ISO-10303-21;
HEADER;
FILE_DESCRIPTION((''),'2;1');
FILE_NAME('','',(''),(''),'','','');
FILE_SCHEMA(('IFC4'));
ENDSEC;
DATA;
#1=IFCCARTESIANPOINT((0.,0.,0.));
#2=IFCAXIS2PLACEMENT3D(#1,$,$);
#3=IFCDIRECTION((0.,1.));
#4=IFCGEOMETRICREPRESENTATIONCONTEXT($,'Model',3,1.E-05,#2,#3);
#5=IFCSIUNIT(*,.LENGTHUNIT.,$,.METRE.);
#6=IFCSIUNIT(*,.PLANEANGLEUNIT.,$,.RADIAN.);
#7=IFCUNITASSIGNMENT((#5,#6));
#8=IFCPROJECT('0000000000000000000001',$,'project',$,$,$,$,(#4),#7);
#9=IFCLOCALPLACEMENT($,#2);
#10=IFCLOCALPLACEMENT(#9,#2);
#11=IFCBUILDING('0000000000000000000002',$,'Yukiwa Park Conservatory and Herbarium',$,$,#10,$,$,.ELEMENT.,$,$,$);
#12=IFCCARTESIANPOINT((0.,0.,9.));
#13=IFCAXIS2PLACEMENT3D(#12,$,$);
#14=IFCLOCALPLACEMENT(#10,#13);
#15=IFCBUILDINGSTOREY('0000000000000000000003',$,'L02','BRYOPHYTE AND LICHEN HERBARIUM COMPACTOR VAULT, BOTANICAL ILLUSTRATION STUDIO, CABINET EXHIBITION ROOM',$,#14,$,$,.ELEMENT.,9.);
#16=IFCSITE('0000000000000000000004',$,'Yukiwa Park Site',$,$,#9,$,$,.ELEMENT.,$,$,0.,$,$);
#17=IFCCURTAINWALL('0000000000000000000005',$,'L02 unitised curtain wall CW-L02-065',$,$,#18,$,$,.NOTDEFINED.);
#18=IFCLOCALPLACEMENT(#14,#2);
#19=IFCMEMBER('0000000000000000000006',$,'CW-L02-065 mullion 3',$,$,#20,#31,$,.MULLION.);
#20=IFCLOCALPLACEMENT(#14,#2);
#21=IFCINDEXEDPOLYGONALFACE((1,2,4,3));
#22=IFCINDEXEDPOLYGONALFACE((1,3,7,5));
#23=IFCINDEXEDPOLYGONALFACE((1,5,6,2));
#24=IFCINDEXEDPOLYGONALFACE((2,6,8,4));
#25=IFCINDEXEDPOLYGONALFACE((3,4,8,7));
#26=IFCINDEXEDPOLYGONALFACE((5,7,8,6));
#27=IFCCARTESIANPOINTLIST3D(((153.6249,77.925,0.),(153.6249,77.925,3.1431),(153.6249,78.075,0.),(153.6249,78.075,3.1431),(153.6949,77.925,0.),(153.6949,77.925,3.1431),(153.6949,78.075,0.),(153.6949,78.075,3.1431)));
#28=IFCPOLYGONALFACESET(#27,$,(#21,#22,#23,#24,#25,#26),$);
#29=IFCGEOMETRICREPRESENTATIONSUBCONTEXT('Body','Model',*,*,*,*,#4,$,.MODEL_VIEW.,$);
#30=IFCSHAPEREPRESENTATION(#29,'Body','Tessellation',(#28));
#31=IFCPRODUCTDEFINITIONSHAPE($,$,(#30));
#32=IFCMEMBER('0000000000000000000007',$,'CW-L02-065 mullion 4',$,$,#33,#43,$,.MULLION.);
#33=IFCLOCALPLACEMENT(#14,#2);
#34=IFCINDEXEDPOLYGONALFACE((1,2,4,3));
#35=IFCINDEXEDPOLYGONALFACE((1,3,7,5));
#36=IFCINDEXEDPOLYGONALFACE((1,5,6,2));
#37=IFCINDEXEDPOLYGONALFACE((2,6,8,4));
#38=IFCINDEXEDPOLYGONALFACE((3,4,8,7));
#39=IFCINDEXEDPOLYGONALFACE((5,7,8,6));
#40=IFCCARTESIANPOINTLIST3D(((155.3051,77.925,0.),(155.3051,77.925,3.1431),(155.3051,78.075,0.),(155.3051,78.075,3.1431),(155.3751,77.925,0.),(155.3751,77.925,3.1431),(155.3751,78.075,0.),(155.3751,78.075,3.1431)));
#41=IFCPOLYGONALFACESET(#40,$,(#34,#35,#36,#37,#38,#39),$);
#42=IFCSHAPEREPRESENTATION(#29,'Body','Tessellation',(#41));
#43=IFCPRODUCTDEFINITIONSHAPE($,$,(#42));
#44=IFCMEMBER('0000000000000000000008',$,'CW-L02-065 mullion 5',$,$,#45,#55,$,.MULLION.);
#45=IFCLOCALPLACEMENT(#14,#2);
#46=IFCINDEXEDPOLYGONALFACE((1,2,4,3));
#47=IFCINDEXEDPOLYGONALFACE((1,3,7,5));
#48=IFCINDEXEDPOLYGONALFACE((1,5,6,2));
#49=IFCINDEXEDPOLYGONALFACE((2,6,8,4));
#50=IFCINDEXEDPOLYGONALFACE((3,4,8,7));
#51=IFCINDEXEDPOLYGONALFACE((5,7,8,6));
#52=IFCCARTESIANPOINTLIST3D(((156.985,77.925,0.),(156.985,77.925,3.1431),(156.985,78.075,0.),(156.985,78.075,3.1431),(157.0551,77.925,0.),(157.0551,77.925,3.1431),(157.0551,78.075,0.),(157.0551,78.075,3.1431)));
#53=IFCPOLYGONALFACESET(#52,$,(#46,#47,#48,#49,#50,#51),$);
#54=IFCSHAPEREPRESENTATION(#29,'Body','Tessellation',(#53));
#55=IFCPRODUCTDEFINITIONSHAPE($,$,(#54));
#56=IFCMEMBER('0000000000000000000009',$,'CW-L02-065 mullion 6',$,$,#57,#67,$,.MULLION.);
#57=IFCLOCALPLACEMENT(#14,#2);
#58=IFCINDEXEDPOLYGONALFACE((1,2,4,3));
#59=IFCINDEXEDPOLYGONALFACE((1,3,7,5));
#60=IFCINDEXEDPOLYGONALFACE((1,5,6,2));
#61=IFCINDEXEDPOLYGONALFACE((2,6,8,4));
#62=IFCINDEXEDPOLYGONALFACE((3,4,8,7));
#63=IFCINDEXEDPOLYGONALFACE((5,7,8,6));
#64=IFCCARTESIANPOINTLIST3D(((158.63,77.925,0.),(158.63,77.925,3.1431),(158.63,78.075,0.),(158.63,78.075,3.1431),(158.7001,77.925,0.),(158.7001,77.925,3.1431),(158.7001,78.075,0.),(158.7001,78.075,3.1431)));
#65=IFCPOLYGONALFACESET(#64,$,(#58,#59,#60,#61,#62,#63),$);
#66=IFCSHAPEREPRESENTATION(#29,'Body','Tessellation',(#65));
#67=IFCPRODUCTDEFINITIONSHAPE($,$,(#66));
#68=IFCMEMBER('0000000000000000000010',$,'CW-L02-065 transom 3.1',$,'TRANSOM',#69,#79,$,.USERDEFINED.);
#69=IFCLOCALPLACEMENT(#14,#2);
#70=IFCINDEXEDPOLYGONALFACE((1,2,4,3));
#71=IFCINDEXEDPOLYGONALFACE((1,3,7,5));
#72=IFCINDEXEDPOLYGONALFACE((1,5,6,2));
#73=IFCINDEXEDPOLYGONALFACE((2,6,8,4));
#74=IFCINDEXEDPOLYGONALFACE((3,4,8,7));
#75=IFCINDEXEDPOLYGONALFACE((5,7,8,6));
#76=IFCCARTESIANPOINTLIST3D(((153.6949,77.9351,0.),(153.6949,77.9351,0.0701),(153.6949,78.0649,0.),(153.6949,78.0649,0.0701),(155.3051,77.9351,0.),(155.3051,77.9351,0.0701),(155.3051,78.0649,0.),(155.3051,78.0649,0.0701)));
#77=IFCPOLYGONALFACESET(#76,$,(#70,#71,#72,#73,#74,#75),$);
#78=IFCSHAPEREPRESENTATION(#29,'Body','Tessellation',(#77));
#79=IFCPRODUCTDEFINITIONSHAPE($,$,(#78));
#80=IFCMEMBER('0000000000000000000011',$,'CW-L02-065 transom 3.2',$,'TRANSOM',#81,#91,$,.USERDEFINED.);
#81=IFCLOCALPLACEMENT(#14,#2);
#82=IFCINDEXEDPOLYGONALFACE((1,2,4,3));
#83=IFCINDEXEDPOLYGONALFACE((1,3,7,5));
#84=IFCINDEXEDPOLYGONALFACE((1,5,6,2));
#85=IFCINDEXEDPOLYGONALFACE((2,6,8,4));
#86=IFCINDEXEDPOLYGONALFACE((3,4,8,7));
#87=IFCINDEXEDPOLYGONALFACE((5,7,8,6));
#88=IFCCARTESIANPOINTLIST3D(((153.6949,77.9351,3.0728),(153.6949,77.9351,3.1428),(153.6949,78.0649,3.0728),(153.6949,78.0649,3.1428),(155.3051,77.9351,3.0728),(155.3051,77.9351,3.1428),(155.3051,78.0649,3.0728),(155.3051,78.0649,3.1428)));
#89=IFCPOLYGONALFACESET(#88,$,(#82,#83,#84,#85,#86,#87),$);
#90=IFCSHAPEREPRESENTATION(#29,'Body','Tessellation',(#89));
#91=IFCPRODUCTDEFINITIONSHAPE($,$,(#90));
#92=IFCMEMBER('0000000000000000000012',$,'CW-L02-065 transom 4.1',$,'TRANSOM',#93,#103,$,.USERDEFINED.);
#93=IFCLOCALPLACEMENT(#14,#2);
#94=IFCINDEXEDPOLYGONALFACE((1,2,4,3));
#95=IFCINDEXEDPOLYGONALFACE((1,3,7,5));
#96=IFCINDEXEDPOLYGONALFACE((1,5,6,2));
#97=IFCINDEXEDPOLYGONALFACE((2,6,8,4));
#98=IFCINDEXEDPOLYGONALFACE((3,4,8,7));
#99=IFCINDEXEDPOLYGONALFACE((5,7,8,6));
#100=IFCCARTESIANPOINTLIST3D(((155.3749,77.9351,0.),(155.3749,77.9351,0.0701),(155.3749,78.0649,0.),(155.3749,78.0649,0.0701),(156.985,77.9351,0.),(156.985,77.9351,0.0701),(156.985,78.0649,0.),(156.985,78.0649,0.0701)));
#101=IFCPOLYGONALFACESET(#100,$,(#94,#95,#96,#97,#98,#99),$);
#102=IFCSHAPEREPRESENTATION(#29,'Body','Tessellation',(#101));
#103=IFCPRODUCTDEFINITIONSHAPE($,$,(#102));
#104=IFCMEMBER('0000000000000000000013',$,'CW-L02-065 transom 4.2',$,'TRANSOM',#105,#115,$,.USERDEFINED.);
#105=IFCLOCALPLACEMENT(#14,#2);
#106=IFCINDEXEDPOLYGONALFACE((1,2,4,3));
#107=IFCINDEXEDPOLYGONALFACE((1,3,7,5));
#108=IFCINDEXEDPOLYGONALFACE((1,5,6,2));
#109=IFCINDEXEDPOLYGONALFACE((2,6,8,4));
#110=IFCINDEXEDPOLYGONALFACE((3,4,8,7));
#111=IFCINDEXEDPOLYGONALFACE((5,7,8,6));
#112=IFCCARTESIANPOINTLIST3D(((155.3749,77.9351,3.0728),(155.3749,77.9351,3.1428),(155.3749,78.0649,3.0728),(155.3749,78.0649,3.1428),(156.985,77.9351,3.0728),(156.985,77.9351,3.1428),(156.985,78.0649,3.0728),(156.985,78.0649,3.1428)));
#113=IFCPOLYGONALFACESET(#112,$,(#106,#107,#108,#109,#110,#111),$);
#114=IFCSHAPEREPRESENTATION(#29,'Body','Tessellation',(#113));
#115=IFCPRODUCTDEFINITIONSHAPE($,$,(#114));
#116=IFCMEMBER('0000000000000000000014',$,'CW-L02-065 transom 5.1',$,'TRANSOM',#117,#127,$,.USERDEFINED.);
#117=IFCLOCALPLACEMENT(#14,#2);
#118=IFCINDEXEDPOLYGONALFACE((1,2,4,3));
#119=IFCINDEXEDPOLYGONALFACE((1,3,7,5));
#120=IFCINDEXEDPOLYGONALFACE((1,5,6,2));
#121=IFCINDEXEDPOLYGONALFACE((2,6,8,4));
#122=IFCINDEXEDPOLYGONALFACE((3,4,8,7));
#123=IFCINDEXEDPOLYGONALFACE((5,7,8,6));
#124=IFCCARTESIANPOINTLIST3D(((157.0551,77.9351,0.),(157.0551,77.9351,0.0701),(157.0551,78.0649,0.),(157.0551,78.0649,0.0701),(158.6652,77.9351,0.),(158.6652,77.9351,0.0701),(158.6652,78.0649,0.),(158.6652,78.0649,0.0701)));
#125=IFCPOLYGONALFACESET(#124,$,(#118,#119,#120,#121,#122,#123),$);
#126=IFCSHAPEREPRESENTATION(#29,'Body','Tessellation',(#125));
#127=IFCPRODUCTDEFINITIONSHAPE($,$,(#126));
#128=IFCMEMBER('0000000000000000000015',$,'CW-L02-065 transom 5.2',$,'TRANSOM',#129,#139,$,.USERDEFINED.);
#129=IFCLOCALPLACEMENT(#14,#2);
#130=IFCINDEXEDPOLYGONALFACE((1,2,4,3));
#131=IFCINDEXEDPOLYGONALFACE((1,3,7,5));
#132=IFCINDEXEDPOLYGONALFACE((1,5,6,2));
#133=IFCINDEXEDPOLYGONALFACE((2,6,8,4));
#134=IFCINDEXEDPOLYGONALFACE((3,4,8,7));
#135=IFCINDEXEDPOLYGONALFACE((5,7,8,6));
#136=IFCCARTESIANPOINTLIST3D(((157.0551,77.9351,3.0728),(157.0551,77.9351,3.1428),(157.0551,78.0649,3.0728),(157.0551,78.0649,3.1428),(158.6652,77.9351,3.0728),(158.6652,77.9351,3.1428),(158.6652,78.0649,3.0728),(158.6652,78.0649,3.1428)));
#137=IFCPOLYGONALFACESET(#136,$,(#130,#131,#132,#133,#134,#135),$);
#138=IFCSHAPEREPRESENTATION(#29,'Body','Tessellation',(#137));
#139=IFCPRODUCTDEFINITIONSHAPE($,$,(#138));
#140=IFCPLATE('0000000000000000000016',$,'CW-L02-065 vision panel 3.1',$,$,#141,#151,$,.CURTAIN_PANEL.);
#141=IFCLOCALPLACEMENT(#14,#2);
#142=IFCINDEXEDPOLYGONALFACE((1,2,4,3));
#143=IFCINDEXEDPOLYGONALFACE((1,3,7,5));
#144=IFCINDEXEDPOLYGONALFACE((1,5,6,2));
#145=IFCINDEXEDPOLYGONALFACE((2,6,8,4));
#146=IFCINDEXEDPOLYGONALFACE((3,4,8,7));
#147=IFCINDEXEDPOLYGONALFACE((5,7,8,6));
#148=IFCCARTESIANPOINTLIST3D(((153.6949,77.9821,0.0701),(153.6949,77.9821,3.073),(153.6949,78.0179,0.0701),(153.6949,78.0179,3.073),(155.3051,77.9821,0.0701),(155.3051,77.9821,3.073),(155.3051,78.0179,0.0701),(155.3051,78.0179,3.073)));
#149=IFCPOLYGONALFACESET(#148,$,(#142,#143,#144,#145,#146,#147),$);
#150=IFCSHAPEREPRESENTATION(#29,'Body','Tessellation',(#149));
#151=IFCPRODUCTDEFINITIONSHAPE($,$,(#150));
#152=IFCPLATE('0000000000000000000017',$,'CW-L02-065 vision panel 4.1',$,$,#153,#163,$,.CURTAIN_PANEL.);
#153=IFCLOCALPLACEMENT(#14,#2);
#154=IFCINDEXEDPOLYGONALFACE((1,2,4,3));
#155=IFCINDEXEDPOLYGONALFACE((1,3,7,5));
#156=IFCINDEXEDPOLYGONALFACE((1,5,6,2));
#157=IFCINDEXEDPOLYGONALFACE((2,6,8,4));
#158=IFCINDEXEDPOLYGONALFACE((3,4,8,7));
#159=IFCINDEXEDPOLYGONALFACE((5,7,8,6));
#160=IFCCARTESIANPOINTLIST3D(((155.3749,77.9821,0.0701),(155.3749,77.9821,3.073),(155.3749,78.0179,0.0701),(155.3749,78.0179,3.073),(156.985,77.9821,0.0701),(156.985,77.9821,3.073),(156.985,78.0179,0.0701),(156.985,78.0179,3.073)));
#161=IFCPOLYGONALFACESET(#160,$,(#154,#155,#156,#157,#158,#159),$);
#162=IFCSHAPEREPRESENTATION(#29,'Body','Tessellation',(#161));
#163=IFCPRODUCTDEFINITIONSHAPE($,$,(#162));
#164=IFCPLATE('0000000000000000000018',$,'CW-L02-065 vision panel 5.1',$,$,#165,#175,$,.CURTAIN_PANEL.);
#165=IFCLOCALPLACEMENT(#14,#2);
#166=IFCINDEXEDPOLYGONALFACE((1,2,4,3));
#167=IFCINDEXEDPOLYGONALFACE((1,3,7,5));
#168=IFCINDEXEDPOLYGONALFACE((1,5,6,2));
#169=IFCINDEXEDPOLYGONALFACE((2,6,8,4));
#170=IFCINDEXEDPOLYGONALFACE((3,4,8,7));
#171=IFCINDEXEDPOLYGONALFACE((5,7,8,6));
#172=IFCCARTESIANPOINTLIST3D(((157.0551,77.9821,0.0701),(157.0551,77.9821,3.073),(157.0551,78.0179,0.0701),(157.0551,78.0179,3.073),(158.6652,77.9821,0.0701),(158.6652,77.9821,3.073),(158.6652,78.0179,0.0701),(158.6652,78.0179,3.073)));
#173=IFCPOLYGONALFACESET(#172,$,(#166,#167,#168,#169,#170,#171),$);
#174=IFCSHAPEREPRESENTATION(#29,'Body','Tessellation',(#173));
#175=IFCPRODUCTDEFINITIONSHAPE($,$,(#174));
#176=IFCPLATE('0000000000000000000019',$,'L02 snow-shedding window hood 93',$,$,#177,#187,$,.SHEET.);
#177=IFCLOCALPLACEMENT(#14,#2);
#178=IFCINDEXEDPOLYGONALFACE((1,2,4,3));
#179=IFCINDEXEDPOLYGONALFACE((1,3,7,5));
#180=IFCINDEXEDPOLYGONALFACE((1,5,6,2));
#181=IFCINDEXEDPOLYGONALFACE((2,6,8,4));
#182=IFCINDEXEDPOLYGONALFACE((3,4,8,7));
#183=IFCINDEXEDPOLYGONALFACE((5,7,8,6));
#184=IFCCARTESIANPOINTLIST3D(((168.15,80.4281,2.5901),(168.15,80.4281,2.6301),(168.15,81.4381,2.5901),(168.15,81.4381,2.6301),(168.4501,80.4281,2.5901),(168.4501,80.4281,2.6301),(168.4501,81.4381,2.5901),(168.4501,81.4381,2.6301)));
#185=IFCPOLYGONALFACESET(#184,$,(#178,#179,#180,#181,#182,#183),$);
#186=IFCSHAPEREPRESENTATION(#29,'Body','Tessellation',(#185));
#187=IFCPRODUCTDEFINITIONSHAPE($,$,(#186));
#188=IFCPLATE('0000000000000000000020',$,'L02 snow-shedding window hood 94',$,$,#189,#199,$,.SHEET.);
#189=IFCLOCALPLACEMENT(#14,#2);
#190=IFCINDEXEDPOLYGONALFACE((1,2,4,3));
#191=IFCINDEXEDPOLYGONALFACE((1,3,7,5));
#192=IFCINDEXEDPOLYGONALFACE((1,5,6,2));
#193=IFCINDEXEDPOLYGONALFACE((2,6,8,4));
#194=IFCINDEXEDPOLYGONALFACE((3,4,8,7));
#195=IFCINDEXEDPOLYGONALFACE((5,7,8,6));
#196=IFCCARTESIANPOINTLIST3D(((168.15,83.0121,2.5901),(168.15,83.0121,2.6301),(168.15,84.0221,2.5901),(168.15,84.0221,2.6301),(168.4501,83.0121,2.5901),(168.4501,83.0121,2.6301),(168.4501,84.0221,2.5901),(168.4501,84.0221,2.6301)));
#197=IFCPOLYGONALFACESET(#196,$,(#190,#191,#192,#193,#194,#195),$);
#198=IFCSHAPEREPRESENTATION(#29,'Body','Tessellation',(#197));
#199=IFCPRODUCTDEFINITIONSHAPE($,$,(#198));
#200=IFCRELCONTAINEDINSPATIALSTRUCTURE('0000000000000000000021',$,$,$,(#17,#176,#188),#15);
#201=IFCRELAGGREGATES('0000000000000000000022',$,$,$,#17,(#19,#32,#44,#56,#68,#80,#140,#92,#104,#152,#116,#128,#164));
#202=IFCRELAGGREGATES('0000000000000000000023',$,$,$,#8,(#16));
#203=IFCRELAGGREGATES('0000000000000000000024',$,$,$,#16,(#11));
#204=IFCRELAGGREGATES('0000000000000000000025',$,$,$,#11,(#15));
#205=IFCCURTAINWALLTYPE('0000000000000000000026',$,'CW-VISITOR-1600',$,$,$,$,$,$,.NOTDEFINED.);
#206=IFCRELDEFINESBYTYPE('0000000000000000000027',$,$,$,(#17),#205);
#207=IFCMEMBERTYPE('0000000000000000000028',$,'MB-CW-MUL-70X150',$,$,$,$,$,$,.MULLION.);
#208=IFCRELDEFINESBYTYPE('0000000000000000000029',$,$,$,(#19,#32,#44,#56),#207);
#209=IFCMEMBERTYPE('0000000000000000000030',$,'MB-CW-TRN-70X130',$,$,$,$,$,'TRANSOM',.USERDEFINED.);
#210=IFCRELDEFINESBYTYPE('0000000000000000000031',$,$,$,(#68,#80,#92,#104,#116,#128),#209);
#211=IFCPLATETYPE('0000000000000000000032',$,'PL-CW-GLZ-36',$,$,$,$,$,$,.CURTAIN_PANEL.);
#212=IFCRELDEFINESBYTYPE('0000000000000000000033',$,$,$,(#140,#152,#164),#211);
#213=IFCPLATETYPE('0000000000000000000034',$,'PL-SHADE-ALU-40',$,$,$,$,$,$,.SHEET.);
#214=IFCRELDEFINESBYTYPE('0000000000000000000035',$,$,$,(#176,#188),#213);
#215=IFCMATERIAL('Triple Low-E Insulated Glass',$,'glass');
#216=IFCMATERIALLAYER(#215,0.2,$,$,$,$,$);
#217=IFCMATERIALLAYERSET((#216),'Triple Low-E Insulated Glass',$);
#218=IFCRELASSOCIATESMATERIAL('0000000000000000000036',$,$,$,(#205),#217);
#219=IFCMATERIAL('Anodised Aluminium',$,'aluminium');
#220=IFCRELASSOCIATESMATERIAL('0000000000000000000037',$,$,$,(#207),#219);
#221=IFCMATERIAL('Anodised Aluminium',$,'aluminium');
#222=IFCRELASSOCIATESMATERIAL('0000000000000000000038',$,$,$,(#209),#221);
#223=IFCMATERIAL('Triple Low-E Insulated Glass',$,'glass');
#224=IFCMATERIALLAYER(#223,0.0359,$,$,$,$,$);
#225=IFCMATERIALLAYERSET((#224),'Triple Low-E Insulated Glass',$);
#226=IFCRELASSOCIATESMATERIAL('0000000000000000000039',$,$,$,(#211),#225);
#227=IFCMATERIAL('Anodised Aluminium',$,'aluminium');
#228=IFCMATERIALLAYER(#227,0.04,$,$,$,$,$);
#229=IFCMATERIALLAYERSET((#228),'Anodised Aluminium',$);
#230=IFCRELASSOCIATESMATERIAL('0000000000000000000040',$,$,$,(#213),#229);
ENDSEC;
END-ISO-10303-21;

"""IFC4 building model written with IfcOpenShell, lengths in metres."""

from ifc_helpers import new_model, si_unit, direction, frame, origin, origin_2d, place, context, subcontext, project, spatial, rectangle, extrude, material, layer, layer_set, type_object, element, aggregate, save


model = new_model("IFC4")

# Units and contexts
model_context = context("Model", 3, precision=1e-05, world=origin(), true_north=direction((0.0, 1.0)))
body_context = subcontext(model_context, "Body", "Model", "MODEL_VIEW")
ifc_project = project(units=[si_unit("LENGTHUNIT", "METRE"), si_unit("PLANEANGLEUNIT", "RADIAN")], contexts=[model_context])

# Site, building, storey
site_placement = place(None, origin())
site = spatial("IfcSite", under=ifc_project, at=site_placement, Name="Yukiwa Park Site", CompositionType="ELEMENT", RefElevation=0.0)
building_placement = place(site_placement, origin())
building = spatial("IfcBuilding", under=site, at=building_placement, Name="Yukiwa Park Conservatory and Herbarium", CompositionType="ELEMENT")
storey_placement = place(building_placement, frame((0.0, 0.0, 9.0)))
storey = spatial("IfcBuildingStorey", under=building, at=storey_placement, Name="L02", Description="BRYOPHYTE AND LICHEN HERBARIUM COMPACTOR VAULT, BOTANICAL ILLUSTRATION STUDIO, CABINET EXHIBITION ROOM", CompositionType="ELEMENT", Elevation=9.0)

# Curtain wall, members, plates
ifc_material_1 = material(Name="Triple Low-E Insulated Glass", Category="glass")
ifc_layer_1 = layer(ifc_material_1, 0.2)
ifc_layer_set_1 = layer_set([ifc_layer_1], Name="Triple Low-E Insulated Glass")
curtain_wall_type = type_object("IfcCurtainWallType", Name="CW-VISITOR-1600", PredefinedType="NOTDEFINED", material=ifc_layer_set_1)
curtain_wall_placement = place(storey_placement, origin())
curtain_wall = element("IfcCurtainWall", 1, at=curtain_wall_placement, inside=storey, type_object=curtain_wall_type, Name="L02 unitised curtain wall CW-L02-065", PredefinedType="NOTDEFINED")
ifc_material_2 = material(Name="Anodised Aluminium", Category="aluminium")
member_type_1 = type_object("IfcMemberType", Name="MB-CW-MUL-70X150", PredefinedType="MULLION", material=ifc_material_2)
member_1_placement = place(storey_placement, frame((153.6599, 78.0, 0.0), z_axis=(0.0, 0.0, 1.0), x_axis=(1.0, 0.0, 0.0)))
member_1 = element("IfcMember", 2, at=member_1_placement, type_object=member_type_1, Name="CW-L02-065 mullion 3", PredefinedType="MULLION", context=body_context, shape_type="SweptSolid", body=[
    extrude(rectangle(XDim=0.0701, YDim=0.1499, at=origin_2d()), origin(), (0.0, 0.0, 1.0), 3.1431),
])
member_2_placement = place(storey_placement, frame((155.3401, 78.0, 0.0), z_axis=(0.0, 0.0, 1.0), x_axis=(1.0, 0.0, 0.0)))
member_2 = element("IfcMember", 3, at=member_2_placement, type_object=member_type_1, Name="CW-L02-065 mullion 4", PredefinedType="MULLION", context=body_context, shape_type="SweptSolid", body=[
    extrude(rectangle(XDim=0.0701, YDim=0.1499, at=origin_2d()), origin(), (0.0, 0.0, 1.0), 3.1431),
])
member_3_placement = place(storey_placement, frame((157.02, 78.0, 0.0), z_axis=(0.0, 0.0, 1.0), x_axis=(1.0, 0.0, 0.0)))
member_3 = element("IfcMember", 4, at=member_3_placement, type_object=member_type_1, Name="CW-L02-065 mullion 5", PredefinedType="MULLION", context=body_context, shape_type="SweptSolid", body=[
    extrude(rectangle(XDim=0.0701, YDim=0.1499, at=origin_2d()), origin(), (0.0, 0.0, 1.0), 3.1431),
])
member_4_placement = place(storey_placement, frame((158.665, 78.0, 0.0), z_axis=(0.0, 0.0, 1.0), x_axis=(1.0, 0.0, 0.0)))
member_4 = element("IfcMember", 5, at=member_4_placement, type_object=member_type_1, Name="CW-L02-065 mullion 6", PredefinedType="MULLION", context=body_context, shape_type="SweptSolid", body=[
    extrude(rectangle(XDim=0.0701, YDim=0.1499, at=origin_2d()), origin(), (0.0, 0.0, 1.0), 3.1431),
])
ifc_material_3 = material(Name="Anodised Aluminium", Category="aluminium")
member_type_2 = type_object("IfcMemberType", Name="MB-CW-TRN-70X130", ElementType="TRANSOM", PredefinedType="USERDEFINED", material=ifc_material_3)
member_5_placement = place(storey_placement, frame((154.5, 78.0, 0.0), z_axis=(0.0, 0.0, 1.0), x_axis=(1.0, 0.0, 0.0)))
member_5 = element("IfcMember", 6, at=member_5_placement, type_object=member_type_2, Name="CW-L02-065 transom 3.1", ObjectType="TRANSOM", PredefinedType="USERDEFINED", context=body_context, shape_type="SweptSolid", body=[
    extrude(rectangle(XDim=1.6101, YDim=0.1299, at=origin_2d()), origin(), (0.0, 0.0, 1.0), 0.0701),
])
member_6_placement = place(storey_placement, frame((154.5, 78.0, 3.0728), z_axis=(0.0, 0.0, 1.0), x_axis=(1.0, 0.0, 0.0)))
member_6 = element("IfcMember", 7, at=member_6_placement, type_object=member_type_2, Name="CW-L02-065 transom 3.2", ObjectType="TRANSOM", PredefinedType="USERDEFINED", context=body_context, shape_type="SweptSolid", body=[
    extrude(rectangle(XDim=1.6101, YDim=0.1299, at=origin_2d()), origin(), (0.0, 0.0, 1.0), 0.0701),
])
member_7_placement = place(storey_placement, frame((156.1799, 78.0, 0.0), z_axis=(0.0, 0.0, 1.0), x_axis=(1.0, 0.0, 0.0)))
member_7 = element("IfcMember", 8, at=member_7_placement, type_object=member_type_2, Name="CW-L02-065 transom 4.1", ObjectType="TRANSOM", PredefinedType="USERDEFINED", context=body_context, shape_type="SweptSolid", body=[
    extrude(rectangle(XDim=1.6101, YDim=0.1299, at=origin_2d()), origin(), (0.0, 0.0, 1.0), 0.0701),
])
member_8_placement = place(storey_placement, frame((156.1799, 78.0, 3.0728), z_axis=(0.0, 0.0, 1.0), x_axis=(1.0, 0.0, 0.0)))
member_8 = element("IfcMember", 9, at=member_8_placement, type_object=member_type_2, Name="CW-L02-065 transom 4.2", ObjectType="TRANSOM", PredefinedType="USERDEFINED", context=body_context, shape_type="SweptSolid", body=[
    extrude(rectangle(XDim=1.6101, YDim=0.1299, at=origin_2d()), origin(), (0.0, 0.0, 1.0), 0.0701),
])
member_9_placement = place(storey_placement, frame((157.8601, 78.0, 0.0), z_axis=(0.0, 0.0, 1.0), x_axis=(1.0, 0.0, 0.0)))
member_9 = element("IfcMember", 10, at=member_9_placement, type_object=member_type_2, Name="CW-L02-065 transom 5.1", ObjectType="TRANSOM", PredefinedType="USERDEFINED", context=body_context, shape_type="SweptSolid", body=[
    extrude(rectangle(XDim=1.6101, YDim=0.1299, at=origin_2d()), origin(), (0.0, 0.0, 1.0), 0.0701),
])
member_10_placement = place(storey_placement, frame((157.8601, 78.0, 3.0728), z_axis=(0.0, 0.0, 1.0), x_axis=(1.0, 0.0, 0.0)))
member_10 = element("IfcMember", 11, at=member_10_placement, type_object=member_type_2, Name="CW-L02-065 transom 5.2", ObjectType="TRANSOM", PredefinedType="USERDEFINED", context=body_context, shape_type="SweptSolid", body=[
    extrude(rectangle(XDim=1.6101, YDim=0.1299, at=origin_2d()), origin(), (0.0, 0.0, 1.0), 0.0701),
])
ifc_material_4 = material(Name="Triple Low-E Insulated Glass", Category="glass")
ifc_layer_2 = layer(ifc_material_4, 0.0359)
ifc_layer_set_2 = layer_set([ifc_layer_2], Name="Triple Low-E Insulated Glass")
plate_type_1 = type_object("IfcPlateType", Name="PL-CW-GLZ-36", PredefinedType="CURTAIN_PANEL", material=ifc_layer_set_2)
plate_1_placement = place(storey_placement, frame((154.5, 78.0, 0.0701), z_axis=(0.0, 0.0, 1.0), x_axis=(1.0, 0.0, 0.0)))
plate_1 = element("IfcPlate", 12, at=plate_1_placement, type_object=plate_type_1, Name="CW-L02-065 vision panel 3.1", PredefinedType="CURTAIN_PANEL", context=body_context, shape_type="SweptSolid", body=[
    extrude(rectangle(XDim=1.6101, YDim=0.0359, at=origin_2d()), origin(), (0.0, 0.0, 1.0), 3.0029),
])
plate_2_placement = place(storey_placement, frame((156.1799, 78.0, 0.0701), z_axis=(0.0, 0.0, 1.0), x_axis=(1.0, 0.0, 0.0)))
plate_2 = element("IfcPlate", 13, at=plate_2_placement, type_object=plate_type_1, Name="CW-L02-065 vision panel 4.1", PredefinedType="CURTAIN_PANEL", context=body_context, shape_type="SweptSolid", body=[
    extrude(rectangle(XDim=1.6101, YDim=0.0359, at=origin_2d()), origin(), (0.0, 0.0, 1.0), 3.0029),
])
plate_3_placement = place(storey_placement, frame((157.8601, 78.0, 0.0701), z_axis=(0.0, 0.0, 1.0), x_axis=(1.0, 0.0, 0.0)))
plate_3 = element("IfcPlate", 14, at=plate_3_placement, type_object=plate_type_1, Name="CW-L02-065 vision panel 5.1", PredefinedType="CURTAIN_PANEL", context=body_context, shape_type="SweptSolid", body=[
    extrude(rectangle(XDim=1.6101, YDim=0.0359, at=origin_2d()), origin(), (0.0, 0.0, 1.0), 3.0029),
])
aggregate(curtain_wall, [member_1, member_2, member_3, member_4, member_5, member_6, plate_1, member_7, member_8, plate_2, member_9, member_10, plate_3])

# Plates
ifc_material_5 = material(Name="Anodised Aluminium", Category="aluminium")
ifc_layer_3 = layer(ifc_material_5, 0.04)
ifc_layer_set_3 = layer_set([ifc_layer_3], Name="Anodised Aluminium")
plate_type_2 = type_object("IfcPlateType", Name="PL-SHADE-ALU-40", PredefinedType="SHEET", material=ifc_layer_set_3)
for number, where, z_axis, x_axis, name in (
    (15, (168.3, 80.9331, 2.5901), (0.0, 0.0, 1.0), (0.0, 1.0, 0.0), "L02 snow-shedding window hood 93"),
    (16, (168.3, 83.5171, 2.5901), (0.0, 0.0, 1.0), (0.0, 1.0, 0.0), "L02 snow-shedding window hood 94"),
):
    element("IfcPlate", number, at=place(storey_placement, frame(where, z_axis=z_axis, x_axis=x_axis)), inside=storey, type_object=plate_type_2, Name=name, PredefinedType="SHEET", context=body_context, shape_type="SweptSolid", body=[
        extrude(rectangle(XDim=1.01, YDim=0.3, at=origin_2d()), origin(), (0.0, 0.0, 1.0), 0.04),
    ])

save(model, "model.ifc")
